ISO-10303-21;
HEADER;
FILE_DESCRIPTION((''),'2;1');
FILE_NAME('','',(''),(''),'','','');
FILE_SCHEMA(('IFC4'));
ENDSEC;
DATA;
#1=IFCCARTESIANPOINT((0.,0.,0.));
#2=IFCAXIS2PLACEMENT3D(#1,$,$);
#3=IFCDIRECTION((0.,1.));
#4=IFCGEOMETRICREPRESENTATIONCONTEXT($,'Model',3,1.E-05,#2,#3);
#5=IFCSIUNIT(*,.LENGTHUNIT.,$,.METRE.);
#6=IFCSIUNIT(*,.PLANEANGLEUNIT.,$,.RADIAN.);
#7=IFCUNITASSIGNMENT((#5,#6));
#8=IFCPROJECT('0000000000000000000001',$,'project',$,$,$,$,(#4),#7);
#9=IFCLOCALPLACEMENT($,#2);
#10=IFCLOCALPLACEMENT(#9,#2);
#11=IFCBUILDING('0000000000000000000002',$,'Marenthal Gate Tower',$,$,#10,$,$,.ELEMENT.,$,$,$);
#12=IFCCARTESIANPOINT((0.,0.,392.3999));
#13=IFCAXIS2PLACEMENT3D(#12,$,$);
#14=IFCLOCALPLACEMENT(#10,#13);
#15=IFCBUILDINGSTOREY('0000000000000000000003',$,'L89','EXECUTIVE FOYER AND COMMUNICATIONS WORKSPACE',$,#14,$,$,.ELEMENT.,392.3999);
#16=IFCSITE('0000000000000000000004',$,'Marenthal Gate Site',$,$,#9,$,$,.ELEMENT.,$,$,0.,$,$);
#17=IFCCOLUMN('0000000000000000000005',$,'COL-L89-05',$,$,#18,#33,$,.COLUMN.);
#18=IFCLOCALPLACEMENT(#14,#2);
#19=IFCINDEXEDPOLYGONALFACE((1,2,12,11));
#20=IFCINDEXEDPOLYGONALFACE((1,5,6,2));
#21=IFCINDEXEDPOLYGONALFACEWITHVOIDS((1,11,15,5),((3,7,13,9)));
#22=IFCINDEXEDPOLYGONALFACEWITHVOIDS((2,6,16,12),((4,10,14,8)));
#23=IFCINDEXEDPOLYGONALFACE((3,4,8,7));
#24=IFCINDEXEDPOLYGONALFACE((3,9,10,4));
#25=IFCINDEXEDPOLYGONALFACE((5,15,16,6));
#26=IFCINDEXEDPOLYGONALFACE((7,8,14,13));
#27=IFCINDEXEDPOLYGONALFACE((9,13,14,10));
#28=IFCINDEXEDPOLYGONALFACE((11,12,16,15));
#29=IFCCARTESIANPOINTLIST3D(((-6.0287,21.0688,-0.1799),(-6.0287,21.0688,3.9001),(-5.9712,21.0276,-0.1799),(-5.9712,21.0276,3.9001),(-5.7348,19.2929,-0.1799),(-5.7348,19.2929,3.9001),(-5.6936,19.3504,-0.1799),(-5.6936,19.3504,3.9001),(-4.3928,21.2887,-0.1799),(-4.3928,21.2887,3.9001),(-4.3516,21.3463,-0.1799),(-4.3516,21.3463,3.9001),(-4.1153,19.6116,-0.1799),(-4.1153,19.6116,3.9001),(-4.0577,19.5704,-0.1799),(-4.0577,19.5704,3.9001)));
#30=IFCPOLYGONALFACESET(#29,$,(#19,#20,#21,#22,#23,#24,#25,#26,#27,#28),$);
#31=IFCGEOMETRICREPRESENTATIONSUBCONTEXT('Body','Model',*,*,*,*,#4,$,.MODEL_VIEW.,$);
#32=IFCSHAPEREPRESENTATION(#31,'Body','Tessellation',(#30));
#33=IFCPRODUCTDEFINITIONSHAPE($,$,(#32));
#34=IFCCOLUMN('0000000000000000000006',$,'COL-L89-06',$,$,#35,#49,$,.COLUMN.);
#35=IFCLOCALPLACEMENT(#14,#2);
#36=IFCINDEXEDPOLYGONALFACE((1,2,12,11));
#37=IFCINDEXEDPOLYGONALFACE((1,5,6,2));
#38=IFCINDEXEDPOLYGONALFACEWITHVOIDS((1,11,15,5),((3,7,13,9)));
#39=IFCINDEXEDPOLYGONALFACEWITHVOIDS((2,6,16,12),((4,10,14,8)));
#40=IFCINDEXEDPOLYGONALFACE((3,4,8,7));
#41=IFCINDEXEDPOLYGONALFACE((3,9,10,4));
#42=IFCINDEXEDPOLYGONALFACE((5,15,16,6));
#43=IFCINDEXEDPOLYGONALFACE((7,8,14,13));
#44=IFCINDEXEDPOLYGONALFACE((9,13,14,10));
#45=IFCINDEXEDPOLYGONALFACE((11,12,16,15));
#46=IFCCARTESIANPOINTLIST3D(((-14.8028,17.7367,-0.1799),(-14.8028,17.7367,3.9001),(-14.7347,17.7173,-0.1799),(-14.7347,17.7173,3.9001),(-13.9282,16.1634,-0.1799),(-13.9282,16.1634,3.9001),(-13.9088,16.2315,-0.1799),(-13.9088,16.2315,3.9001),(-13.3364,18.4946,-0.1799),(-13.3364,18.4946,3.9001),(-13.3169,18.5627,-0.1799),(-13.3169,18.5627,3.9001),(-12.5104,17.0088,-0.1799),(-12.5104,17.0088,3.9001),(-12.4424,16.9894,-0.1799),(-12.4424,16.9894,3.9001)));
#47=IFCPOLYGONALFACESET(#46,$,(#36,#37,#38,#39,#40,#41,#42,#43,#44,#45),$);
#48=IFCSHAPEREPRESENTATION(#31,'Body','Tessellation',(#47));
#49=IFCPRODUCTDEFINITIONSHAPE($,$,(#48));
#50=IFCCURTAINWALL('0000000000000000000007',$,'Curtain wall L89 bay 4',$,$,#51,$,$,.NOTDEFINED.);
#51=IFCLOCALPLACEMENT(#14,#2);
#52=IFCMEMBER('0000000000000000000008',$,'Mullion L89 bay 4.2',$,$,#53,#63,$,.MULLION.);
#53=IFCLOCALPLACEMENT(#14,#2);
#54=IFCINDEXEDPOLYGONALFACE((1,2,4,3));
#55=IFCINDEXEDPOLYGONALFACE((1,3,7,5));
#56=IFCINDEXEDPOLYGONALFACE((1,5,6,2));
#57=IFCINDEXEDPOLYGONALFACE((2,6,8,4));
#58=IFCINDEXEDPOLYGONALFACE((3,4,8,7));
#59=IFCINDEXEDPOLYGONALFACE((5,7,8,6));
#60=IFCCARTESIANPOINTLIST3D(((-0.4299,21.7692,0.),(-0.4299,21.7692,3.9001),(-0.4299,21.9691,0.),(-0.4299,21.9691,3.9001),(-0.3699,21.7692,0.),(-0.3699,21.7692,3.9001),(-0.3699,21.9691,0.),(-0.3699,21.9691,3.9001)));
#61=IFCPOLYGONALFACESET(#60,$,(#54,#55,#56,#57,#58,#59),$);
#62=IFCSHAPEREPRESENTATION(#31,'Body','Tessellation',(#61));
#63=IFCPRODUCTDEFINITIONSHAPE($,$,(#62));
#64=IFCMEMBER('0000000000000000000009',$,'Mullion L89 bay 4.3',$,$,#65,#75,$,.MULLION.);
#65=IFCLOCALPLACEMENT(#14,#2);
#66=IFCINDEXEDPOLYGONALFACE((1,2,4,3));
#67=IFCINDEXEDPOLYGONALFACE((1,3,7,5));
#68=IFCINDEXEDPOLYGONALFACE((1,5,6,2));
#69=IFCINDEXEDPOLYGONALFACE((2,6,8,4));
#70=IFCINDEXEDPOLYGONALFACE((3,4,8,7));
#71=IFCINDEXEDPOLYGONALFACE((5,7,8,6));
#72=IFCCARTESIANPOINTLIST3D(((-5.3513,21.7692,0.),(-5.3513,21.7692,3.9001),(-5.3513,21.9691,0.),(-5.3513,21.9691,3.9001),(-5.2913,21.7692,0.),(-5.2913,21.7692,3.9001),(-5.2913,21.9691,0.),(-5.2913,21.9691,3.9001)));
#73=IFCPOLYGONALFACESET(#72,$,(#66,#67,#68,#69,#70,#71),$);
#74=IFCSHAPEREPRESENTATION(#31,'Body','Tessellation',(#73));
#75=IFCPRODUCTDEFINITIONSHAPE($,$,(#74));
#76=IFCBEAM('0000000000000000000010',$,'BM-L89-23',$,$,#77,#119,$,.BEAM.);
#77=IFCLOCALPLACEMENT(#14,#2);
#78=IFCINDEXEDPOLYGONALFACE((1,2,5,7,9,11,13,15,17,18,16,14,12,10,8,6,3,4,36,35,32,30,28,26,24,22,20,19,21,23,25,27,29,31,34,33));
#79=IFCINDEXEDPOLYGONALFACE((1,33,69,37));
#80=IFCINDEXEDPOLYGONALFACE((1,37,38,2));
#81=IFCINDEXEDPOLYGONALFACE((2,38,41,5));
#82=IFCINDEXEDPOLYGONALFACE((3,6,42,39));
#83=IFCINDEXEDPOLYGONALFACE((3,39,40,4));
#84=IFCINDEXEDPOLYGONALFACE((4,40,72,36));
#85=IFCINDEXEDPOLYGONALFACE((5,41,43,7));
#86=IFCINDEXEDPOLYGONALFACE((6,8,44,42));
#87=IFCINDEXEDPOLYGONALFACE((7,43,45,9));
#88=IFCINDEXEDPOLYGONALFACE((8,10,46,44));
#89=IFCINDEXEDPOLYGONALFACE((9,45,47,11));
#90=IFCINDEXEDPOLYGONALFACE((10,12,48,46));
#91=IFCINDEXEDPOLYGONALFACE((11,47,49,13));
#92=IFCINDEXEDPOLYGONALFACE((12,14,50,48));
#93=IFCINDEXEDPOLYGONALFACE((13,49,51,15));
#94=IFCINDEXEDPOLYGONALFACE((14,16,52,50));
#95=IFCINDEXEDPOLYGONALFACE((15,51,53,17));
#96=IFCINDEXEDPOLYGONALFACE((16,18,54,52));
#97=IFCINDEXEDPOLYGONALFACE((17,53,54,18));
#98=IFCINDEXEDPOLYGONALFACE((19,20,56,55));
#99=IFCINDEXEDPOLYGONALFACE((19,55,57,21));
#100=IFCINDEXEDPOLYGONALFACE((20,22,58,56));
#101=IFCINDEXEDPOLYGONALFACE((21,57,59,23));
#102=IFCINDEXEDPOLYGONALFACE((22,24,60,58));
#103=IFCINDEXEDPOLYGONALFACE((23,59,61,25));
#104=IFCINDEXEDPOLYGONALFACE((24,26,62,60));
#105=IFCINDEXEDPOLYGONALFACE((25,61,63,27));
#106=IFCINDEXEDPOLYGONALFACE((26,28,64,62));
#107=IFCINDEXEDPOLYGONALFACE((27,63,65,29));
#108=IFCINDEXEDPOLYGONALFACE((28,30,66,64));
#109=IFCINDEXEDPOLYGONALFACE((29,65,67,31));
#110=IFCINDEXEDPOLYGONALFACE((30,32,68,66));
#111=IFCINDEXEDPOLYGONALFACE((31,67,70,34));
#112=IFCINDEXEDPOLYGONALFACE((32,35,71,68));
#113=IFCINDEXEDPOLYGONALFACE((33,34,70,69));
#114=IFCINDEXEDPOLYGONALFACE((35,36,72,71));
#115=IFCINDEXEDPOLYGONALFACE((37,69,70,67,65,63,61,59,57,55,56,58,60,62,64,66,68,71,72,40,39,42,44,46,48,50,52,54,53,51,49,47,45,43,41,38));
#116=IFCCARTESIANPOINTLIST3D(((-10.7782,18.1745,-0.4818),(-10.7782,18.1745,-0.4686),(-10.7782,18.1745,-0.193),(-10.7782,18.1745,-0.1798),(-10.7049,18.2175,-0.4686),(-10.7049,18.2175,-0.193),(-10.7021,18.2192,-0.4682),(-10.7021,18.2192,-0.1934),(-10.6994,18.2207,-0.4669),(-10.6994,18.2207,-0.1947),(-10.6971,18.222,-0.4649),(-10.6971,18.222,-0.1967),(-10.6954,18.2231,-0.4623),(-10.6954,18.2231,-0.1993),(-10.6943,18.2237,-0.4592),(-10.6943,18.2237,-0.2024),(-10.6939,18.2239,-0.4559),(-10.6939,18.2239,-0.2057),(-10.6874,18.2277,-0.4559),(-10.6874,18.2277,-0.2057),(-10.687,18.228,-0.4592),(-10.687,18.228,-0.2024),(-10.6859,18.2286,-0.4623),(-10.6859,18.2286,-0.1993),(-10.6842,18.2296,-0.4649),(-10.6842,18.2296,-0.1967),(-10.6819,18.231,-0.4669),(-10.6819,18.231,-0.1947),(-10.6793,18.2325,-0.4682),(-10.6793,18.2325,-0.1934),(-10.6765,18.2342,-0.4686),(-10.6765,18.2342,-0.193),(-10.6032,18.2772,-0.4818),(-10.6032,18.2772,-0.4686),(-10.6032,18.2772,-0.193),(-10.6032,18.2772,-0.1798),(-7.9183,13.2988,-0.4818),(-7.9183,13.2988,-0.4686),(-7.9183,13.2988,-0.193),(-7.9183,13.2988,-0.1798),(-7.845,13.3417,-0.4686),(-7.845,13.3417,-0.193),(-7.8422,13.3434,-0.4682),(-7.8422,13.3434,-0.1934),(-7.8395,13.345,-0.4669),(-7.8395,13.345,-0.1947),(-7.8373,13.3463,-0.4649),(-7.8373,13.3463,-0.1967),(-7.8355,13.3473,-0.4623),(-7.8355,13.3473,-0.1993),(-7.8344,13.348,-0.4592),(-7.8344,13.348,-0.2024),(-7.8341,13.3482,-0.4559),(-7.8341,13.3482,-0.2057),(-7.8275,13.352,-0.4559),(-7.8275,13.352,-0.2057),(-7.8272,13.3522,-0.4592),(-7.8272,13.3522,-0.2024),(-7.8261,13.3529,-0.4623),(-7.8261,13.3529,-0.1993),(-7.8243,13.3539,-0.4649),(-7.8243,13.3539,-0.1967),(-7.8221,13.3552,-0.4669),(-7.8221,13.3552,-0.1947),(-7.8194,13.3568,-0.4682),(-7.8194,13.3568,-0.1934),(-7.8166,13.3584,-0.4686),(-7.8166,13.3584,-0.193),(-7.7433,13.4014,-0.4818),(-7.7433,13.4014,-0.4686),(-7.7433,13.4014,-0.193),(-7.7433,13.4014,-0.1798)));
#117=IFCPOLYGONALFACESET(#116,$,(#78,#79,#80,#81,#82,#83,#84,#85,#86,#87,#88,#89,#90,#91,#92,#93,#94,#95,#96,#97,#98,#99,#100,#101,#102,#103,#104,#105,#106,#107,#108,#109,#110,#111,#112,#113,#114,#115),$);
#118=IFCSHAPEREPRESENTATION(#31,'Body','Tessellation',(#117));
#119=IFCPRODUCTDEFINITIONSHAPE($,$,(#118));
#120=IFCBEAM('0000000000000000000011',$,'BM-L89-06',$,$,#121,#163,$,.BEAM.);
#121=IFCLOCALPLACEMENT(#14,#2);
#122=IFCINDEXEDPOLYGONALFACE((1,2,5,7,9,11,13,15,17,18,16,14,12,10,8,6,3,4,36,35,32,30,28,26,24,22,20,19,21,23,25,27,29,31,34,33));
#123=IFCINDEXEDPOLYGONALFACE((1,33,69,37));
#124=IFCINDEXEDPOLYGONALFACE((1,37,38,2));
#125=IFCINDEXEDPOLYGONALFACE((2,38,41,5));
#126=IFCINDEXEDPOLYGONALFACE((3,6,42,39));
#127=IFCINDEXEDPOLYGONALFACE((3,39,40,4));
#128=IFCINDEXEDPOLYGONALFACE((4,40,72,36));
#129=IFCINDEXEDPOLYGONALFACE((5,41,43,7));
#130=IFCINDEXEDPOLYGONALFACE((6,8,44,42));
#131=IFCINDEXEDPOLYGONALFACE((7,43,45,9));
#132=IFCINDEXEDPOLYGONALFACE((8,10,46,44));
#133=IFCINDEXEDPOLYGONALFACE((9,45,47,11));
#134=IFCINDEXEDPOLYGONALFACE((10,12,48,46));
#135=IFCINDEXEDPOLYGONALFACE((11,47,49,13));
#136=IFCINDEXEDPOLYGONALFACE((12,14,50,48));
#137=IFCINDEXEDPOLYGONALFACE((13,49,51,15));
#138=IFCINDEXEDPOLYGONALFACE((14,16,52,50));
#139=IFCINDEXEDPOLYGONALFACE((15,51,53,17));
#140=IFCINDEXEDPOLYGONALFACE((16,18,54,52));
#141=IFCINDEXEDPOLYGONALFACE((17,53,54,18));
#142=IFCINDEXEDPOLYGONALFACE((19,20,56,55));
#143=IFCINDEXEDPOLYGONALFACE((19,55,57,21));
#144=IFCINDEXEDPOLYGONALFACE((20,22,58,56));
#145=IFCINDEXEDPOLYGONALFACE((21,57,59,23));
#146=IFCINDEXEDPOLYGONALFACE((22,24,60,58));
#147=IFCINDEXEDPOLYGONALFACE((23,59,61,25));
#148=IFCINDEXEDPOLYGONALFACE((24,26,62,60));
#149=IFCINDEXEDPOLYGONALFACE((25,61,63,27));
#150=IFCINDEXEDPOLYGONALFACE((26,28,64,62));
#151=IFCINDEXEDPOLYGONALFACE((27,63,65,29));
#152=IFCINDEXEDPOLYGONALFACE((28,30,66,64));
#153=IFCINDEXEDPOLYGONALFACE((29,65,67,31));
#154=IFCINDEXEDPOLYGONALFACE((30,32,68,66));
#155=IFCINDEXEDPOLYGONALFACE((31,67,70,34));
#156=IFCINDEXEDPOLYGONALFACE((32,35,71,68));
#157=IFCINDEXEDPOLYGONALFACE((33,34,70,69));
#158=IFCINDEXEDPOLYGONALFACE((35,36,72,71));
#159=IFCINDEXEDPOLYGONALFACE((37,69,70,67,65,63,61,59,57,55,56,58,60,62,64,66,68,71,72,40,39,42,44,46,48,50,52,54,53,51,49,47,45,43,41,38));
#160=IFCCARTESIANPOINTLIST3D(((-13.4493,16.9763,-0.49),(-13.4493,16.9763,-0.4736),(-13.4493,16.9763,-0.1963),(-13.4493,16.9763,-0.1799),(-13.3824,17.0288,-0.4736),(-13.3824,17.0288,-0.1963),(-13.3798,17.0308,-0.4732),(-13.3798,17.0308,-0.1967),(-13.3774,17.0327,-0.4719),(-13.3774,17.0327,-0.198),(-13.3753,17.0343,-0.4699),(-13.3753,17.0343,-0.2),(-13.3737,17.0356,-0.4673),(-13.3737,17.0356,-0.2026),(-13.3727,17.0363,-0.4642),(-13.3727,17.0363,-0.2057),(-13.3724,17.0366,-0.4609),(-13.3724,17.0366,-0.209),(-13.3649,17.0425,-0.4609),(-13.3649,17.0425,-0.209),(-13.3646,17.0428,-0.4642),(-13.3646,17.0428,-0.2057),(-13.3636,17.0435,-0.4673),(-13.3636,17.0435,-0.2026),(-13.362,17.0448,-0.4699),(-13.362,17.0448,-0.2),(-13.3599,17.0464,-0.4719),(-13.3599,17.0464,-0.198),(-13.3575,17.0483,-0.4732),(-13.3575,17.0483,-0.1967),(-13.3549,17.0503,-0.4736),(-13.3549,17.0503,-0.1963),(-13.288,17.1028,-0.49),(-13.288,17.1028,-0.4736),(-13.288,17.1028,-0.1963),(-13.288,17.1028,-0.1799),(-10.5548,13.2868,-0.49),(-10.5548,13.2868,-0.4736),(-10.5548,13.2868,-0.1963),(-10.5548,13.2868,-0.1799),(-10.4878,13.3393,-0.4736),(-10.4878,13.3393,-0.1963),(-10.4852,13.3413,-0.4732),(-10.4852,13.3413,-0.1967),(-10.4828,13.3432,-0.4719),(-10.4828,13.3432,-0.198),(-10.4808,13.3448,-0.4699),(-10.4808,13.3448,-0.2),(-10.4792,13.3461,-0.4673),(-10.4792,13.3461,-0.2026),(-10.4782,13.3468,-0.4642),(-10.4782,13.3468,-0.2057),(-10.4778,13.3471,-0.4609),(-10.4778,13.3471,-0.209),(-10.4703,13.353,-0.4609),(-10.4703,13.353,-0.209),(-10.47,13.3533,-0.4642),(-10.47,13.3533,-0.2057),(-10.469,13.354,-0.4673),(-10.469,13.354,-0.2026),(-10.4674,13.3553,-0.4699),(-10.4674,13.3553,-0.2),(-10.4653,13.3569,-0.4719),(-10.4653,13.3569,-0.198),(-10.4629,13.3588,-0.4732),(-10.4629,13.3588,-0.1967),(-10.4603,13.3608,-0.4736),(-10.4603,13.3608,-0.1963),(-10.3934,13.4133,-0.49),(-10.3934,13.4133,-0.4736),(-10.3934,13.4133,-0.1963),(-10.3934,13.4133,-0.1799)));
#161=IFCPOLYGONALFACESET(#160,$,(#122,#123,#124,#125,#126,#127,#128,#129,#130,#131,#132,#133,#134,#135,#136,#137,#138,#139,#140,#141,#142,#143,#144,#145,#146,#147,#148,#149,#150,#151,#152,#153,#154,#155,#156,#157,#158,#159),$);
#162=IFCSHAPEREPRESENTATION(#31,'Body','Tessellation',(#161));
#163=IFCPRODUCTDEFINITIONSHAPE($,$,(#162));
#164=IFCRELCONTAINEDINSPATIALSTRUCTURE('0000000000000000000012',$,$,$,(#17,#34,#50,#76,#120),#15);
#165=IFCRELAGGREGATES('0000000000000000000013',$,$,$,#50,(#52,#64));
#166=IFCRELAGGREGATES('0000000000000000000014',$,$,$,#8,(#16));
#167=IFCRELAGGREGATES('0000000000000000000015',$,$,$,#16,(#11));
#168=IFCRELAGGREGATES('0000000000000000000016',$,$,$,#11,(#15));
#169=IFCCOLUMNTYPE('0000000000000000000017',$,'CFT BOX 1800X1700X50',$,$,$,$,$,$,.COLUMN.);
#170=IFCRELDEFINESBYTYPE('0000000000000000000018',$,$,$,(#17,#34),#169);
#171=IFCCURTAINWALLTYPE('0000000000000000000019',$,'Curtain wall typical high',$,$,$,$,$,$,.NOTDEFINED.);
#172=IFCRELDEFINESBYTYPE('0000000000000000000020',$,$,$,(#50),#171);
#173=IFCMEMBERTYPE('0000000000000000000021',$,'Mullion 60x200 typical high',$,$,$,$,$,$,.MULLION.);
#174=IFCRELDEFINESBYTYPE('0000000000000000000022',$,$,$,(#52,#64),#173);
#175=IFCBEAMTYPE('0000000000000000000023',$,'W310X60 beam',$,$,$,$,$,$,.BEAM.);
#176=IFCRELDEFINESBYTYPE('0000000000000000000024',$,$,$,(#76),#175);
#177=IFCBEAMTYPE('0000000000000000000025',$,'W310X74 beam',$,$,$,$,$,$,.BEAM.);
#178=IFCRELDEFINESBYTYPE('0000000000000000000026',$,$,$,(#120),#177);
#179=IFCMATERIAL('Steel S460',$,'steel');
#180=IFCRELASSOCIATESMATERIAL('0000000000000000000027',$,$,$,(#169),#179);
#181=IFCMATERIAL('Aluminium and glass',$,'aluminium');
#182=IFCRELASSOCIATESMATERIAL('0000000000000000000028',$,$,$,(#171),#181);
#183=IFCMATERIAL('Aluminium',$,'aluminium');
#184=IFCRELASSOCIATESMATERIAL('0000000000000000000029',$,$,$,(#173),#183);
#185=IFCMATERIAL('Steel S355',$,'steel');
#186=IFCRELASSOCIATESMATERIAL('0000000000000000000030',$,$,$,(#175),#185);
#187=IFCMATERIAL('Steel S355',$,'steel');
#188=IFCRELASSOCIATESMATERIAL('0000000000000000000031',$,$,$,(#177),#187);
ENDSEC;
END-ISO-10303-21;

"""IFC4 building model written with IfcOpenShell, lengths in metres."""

from ifc_helpers import new_model, si_unit, direction, frame, origin, origin_2d, place, context, subcontext, project, spatial, rectangle, hollow_rectangle, i_section, extrude, material, material_profile, profile_set, type_object, element, aggregate, save


model = new_model("IFC4")

# Units and contexts
model_context = context("Model", 3, precision=1e-05, world=origin(), true_north=direction((0.0, 1.0)))
body_context = subcontext(model_context, "Body", "Model", "MODEL_VIEW")
ifc_project = project(units=[si_unit("LENGTHUNIT", "METRE"), si_unit("PLANEANGLEUNIT", "RADIAN")], contexts=[model_context])

# Site, building, storey
site_placement = place(None, origin())
site = spatial("IfcSite", under=ifc_project, at=site_placement, Name="Marenthal Gate Site", CompositionType="ELEMENT", RefElevation=0.0)
building_placement = place(site_placement, origin())
building = spatial("IfcBuilding", under=site, at=building_placement, Name="Marenthal Gate Tower", CompositionType="ELEMENT")
storey_placement = place(building_placement, frame((0.0, 0.0, 392.3999)))
storey = spatial("IfcBuildingStorey", under=building, at=storey_placement, Name="L89", Description="EXECUTIVE FOYER AND COMMUNICATIONS WORKSPACE", CompositionType="ELEMENT", Elevation=392.3999)

# Columns
ifc_material_1 = material(Name="Steel S460", Category="steel")
ifc_material_profile_1 = material_profile(ifc_material_1, hollow_rectangle(XDim=1.7, YDim=1.8, WallThickness=0.05, at=origin_2d()), Name="CFT BOX 1800X1700X50")
ifc_material_2 = material(Name="Concrete 70 MPa", Category="concrete")
ifc_material_profile_2 = material_profile(ifc_material_2, rectangle(XDim=1.6001, YDim=1.7, at=origin_2d()), Name="CFT BOX 1800X1700X50 INFILL")
ifc_profile_set_1 = profile_set([ifc_material_profile_1, ifc_material_profile_2], Name="Steel S460 shell, Concrete 70 MPa infill")
column_type = type_object("IfcColumnType", Name="CFT BOX 1800X1700X50", PredefinedType="COLUMN", material=ifc_profile_set_1)
for number, where, z_axis, x_axis, name in (
    (1, (-5.0432, 20.3196, -0.1799), (0.0, 0.0, 1.0), (0.986583, 0.163262, 0.0), "COL-L89-05"),
    (2, (-13.6226, 17.363, -0.1799), (0.0, 0.0, 1.0), (0.874037, 0.48586, 0.0), "COL-L89-06"),
):
    element("IfcColumn", number, at=place(storey_placement, frame(where, z_axis=z_axis, x_axis=x_axis)), inside=storey, type_object=column_type, Name=name, PredefinedType="COLUMN", context=body_context, shape_type="SweptSolid", body=[
        extrude(hollow_rectangle(XDim=1.7, YDim=1.8, WallThickness=0.05, at=origin_2d()), origin(), (0.0, 0.0, 1.0), 4.0801),
    ])

# Curtain wall, members
ifc_material_3 = material(Name="Aluminium and glass", Category="aluminium")
curtain_wall_type = type_object("IfcCurtainWallType", Name="Curtain wall typical high", PredefinedType="NOTDEFINED", material=ifc_material_3)
curtain_wall_placement = place(storey_placement, origin())
curtain_wall = element("IfcCurtainWall", 3, at=curtain_wall_placement, inside=storey, type_object=curtain_wall_type, Name="Curtain wall L89 bay 4", PredefinedType="NOTDEFINED")
ifc_material_4 = material(Name="Aluminium", Category="aluminium")
ifc_material_profile_3 = material_profile(ifc_material_4, rectangle(XDim=0.2, YDim=0.0601, at=origin_2d()), Name="60x200 aluminium mullion")
ifc_profile_set_2 = profile_set([ifc_material_profile_3], Name="Aluminium")
member_type = type_object("IfcMemberType", Name="Mullion 60x200 typical high", PredefinedType="MULLION", material=ifc_profile_set_2)
member_1_placement = place(storey_placement, frame((-0.3999, 21.8691, 0.0), z_axis=(0.0, 0.0, 1.0), x_axis=(0.0, -1.0, 0.0)))
member_1 = element("IfcMember", 4, at=member_1_placement, type_object=member_type, Name="Mullion L89 bay 4.2", PredefinedType="MULLION", context=body_context, shape_type="SweptSolid", body=[
    extrude(rectangle(XDim=0.2, YDim=0.0601, at=origin_2d()), origin(), (0.0, 0.0, 1.0), 3.9001),
])
member_2_placement = place(storey_placement, frame((-5.3213, 21.8691, 0.0), z_axis=(0.0, 0.0, 1.0), x_axis=(0.0, -1.0, 0.0)))
member_2 = element("IfcMember", 5, at=member_2_placement, type_object=member_type, Name="Mullion L89 bay 4.3", PredefinedType="MULLION", context=body_context, shape_type="SweptSolid", body=[
    extrude(rectangle(XDim=0.2, YDim=0.0601, at=origin_2d()), origin(), (0.0, 0.0, 1.0), 3.9001),
])

# Beams
ifc_material_5 = material(Name="Steel S355", Category="steel")
ifc_material_profile_4 = material_profile(ifc_material_5, i_section(OverallWidth=0.2029, OverallDepth=0.302, WebThickness=0.0076, FlangeThickness=0.0132, FilletRadius=0.0127, at=origin_2d()), Name="W310X60")
ifc_profile_set_3 = profile_set([ifc_material_profile_4], Name="Steel S355")
beam_type_1 = type_object("IfcBeamType", Name="W310X60 beam", PredefinedType="BEAM", material=ifc_profile_set_3)
beam_1_placement = place(storey_placement, frame((-10.6907, 18.2258, -0.3308), z_axis=(0.50594, -0.862569, 0.0), x_axis=(0.862569, 0.50594, 0.0)))
element("IfcBeam", 6, at=beam_1_placement, inside=storey, type_object=beam_type_1, Name="BM-L89-23", PredefinedType="BEAM", context=body_context, shape_type="SweptSolid", body=[
    extrude(i_section(OverallWidth=0.2029, OverallDepth=0.302, WebThickness=0.0076, FlangeThickness=0.0132, FilletRadius=0.0127, at=origin_2d()), origin(), (0.0, 0.0, 1.0), 5.6526),
])
ifc_material_6 = material(Name="Steel S355", Category="steel")
ifc_material_profile_5 = material_profile(ifc_material_6, i_section(OverallWidth=0.2051, OverallDepth=0.3101, WebThickness=0.0095, FlangeThickness=0.0164, FilletRadius=0.0127, at=origin_2d()), Name="W310X74")
ifc_profile_set_4 = profile_set([ifc_material_profile_5], Name="Steel S355")
beam_type_2 = type_object("IfcBeamType", Name="W310X74 beam", PredefinedType="BEAM", material=ifc_profile_set_4)
beam_2_placement = place(storey_placement, frame((-13.3687, 17.0396, -0.335), z_axis=(0.617251, -0.786766, 0.0), x_axis=(0.786766, 0.617251, 0.0)))
element("IfcBeam", 7, at=beam_2_placement, inside=storey, type_object=beam_type_2, Name="BM-L89-06", PredefinedType="BEAM", context=body_context, shape_type="SweptSolid", body=[
    extrude(i_section(OverallWidth=0.2051, OverallDepth=0.3101, WebThickness=0.0095, FlangeThickness=0.0164, FilletRadius=0.0127, at=origin_2d()), origin(), (0.0, 0.0, 1.0), 4.6895),
])

aggregate(curtain_wall, [member_1, member_2])

save(model, "model.ifc")
